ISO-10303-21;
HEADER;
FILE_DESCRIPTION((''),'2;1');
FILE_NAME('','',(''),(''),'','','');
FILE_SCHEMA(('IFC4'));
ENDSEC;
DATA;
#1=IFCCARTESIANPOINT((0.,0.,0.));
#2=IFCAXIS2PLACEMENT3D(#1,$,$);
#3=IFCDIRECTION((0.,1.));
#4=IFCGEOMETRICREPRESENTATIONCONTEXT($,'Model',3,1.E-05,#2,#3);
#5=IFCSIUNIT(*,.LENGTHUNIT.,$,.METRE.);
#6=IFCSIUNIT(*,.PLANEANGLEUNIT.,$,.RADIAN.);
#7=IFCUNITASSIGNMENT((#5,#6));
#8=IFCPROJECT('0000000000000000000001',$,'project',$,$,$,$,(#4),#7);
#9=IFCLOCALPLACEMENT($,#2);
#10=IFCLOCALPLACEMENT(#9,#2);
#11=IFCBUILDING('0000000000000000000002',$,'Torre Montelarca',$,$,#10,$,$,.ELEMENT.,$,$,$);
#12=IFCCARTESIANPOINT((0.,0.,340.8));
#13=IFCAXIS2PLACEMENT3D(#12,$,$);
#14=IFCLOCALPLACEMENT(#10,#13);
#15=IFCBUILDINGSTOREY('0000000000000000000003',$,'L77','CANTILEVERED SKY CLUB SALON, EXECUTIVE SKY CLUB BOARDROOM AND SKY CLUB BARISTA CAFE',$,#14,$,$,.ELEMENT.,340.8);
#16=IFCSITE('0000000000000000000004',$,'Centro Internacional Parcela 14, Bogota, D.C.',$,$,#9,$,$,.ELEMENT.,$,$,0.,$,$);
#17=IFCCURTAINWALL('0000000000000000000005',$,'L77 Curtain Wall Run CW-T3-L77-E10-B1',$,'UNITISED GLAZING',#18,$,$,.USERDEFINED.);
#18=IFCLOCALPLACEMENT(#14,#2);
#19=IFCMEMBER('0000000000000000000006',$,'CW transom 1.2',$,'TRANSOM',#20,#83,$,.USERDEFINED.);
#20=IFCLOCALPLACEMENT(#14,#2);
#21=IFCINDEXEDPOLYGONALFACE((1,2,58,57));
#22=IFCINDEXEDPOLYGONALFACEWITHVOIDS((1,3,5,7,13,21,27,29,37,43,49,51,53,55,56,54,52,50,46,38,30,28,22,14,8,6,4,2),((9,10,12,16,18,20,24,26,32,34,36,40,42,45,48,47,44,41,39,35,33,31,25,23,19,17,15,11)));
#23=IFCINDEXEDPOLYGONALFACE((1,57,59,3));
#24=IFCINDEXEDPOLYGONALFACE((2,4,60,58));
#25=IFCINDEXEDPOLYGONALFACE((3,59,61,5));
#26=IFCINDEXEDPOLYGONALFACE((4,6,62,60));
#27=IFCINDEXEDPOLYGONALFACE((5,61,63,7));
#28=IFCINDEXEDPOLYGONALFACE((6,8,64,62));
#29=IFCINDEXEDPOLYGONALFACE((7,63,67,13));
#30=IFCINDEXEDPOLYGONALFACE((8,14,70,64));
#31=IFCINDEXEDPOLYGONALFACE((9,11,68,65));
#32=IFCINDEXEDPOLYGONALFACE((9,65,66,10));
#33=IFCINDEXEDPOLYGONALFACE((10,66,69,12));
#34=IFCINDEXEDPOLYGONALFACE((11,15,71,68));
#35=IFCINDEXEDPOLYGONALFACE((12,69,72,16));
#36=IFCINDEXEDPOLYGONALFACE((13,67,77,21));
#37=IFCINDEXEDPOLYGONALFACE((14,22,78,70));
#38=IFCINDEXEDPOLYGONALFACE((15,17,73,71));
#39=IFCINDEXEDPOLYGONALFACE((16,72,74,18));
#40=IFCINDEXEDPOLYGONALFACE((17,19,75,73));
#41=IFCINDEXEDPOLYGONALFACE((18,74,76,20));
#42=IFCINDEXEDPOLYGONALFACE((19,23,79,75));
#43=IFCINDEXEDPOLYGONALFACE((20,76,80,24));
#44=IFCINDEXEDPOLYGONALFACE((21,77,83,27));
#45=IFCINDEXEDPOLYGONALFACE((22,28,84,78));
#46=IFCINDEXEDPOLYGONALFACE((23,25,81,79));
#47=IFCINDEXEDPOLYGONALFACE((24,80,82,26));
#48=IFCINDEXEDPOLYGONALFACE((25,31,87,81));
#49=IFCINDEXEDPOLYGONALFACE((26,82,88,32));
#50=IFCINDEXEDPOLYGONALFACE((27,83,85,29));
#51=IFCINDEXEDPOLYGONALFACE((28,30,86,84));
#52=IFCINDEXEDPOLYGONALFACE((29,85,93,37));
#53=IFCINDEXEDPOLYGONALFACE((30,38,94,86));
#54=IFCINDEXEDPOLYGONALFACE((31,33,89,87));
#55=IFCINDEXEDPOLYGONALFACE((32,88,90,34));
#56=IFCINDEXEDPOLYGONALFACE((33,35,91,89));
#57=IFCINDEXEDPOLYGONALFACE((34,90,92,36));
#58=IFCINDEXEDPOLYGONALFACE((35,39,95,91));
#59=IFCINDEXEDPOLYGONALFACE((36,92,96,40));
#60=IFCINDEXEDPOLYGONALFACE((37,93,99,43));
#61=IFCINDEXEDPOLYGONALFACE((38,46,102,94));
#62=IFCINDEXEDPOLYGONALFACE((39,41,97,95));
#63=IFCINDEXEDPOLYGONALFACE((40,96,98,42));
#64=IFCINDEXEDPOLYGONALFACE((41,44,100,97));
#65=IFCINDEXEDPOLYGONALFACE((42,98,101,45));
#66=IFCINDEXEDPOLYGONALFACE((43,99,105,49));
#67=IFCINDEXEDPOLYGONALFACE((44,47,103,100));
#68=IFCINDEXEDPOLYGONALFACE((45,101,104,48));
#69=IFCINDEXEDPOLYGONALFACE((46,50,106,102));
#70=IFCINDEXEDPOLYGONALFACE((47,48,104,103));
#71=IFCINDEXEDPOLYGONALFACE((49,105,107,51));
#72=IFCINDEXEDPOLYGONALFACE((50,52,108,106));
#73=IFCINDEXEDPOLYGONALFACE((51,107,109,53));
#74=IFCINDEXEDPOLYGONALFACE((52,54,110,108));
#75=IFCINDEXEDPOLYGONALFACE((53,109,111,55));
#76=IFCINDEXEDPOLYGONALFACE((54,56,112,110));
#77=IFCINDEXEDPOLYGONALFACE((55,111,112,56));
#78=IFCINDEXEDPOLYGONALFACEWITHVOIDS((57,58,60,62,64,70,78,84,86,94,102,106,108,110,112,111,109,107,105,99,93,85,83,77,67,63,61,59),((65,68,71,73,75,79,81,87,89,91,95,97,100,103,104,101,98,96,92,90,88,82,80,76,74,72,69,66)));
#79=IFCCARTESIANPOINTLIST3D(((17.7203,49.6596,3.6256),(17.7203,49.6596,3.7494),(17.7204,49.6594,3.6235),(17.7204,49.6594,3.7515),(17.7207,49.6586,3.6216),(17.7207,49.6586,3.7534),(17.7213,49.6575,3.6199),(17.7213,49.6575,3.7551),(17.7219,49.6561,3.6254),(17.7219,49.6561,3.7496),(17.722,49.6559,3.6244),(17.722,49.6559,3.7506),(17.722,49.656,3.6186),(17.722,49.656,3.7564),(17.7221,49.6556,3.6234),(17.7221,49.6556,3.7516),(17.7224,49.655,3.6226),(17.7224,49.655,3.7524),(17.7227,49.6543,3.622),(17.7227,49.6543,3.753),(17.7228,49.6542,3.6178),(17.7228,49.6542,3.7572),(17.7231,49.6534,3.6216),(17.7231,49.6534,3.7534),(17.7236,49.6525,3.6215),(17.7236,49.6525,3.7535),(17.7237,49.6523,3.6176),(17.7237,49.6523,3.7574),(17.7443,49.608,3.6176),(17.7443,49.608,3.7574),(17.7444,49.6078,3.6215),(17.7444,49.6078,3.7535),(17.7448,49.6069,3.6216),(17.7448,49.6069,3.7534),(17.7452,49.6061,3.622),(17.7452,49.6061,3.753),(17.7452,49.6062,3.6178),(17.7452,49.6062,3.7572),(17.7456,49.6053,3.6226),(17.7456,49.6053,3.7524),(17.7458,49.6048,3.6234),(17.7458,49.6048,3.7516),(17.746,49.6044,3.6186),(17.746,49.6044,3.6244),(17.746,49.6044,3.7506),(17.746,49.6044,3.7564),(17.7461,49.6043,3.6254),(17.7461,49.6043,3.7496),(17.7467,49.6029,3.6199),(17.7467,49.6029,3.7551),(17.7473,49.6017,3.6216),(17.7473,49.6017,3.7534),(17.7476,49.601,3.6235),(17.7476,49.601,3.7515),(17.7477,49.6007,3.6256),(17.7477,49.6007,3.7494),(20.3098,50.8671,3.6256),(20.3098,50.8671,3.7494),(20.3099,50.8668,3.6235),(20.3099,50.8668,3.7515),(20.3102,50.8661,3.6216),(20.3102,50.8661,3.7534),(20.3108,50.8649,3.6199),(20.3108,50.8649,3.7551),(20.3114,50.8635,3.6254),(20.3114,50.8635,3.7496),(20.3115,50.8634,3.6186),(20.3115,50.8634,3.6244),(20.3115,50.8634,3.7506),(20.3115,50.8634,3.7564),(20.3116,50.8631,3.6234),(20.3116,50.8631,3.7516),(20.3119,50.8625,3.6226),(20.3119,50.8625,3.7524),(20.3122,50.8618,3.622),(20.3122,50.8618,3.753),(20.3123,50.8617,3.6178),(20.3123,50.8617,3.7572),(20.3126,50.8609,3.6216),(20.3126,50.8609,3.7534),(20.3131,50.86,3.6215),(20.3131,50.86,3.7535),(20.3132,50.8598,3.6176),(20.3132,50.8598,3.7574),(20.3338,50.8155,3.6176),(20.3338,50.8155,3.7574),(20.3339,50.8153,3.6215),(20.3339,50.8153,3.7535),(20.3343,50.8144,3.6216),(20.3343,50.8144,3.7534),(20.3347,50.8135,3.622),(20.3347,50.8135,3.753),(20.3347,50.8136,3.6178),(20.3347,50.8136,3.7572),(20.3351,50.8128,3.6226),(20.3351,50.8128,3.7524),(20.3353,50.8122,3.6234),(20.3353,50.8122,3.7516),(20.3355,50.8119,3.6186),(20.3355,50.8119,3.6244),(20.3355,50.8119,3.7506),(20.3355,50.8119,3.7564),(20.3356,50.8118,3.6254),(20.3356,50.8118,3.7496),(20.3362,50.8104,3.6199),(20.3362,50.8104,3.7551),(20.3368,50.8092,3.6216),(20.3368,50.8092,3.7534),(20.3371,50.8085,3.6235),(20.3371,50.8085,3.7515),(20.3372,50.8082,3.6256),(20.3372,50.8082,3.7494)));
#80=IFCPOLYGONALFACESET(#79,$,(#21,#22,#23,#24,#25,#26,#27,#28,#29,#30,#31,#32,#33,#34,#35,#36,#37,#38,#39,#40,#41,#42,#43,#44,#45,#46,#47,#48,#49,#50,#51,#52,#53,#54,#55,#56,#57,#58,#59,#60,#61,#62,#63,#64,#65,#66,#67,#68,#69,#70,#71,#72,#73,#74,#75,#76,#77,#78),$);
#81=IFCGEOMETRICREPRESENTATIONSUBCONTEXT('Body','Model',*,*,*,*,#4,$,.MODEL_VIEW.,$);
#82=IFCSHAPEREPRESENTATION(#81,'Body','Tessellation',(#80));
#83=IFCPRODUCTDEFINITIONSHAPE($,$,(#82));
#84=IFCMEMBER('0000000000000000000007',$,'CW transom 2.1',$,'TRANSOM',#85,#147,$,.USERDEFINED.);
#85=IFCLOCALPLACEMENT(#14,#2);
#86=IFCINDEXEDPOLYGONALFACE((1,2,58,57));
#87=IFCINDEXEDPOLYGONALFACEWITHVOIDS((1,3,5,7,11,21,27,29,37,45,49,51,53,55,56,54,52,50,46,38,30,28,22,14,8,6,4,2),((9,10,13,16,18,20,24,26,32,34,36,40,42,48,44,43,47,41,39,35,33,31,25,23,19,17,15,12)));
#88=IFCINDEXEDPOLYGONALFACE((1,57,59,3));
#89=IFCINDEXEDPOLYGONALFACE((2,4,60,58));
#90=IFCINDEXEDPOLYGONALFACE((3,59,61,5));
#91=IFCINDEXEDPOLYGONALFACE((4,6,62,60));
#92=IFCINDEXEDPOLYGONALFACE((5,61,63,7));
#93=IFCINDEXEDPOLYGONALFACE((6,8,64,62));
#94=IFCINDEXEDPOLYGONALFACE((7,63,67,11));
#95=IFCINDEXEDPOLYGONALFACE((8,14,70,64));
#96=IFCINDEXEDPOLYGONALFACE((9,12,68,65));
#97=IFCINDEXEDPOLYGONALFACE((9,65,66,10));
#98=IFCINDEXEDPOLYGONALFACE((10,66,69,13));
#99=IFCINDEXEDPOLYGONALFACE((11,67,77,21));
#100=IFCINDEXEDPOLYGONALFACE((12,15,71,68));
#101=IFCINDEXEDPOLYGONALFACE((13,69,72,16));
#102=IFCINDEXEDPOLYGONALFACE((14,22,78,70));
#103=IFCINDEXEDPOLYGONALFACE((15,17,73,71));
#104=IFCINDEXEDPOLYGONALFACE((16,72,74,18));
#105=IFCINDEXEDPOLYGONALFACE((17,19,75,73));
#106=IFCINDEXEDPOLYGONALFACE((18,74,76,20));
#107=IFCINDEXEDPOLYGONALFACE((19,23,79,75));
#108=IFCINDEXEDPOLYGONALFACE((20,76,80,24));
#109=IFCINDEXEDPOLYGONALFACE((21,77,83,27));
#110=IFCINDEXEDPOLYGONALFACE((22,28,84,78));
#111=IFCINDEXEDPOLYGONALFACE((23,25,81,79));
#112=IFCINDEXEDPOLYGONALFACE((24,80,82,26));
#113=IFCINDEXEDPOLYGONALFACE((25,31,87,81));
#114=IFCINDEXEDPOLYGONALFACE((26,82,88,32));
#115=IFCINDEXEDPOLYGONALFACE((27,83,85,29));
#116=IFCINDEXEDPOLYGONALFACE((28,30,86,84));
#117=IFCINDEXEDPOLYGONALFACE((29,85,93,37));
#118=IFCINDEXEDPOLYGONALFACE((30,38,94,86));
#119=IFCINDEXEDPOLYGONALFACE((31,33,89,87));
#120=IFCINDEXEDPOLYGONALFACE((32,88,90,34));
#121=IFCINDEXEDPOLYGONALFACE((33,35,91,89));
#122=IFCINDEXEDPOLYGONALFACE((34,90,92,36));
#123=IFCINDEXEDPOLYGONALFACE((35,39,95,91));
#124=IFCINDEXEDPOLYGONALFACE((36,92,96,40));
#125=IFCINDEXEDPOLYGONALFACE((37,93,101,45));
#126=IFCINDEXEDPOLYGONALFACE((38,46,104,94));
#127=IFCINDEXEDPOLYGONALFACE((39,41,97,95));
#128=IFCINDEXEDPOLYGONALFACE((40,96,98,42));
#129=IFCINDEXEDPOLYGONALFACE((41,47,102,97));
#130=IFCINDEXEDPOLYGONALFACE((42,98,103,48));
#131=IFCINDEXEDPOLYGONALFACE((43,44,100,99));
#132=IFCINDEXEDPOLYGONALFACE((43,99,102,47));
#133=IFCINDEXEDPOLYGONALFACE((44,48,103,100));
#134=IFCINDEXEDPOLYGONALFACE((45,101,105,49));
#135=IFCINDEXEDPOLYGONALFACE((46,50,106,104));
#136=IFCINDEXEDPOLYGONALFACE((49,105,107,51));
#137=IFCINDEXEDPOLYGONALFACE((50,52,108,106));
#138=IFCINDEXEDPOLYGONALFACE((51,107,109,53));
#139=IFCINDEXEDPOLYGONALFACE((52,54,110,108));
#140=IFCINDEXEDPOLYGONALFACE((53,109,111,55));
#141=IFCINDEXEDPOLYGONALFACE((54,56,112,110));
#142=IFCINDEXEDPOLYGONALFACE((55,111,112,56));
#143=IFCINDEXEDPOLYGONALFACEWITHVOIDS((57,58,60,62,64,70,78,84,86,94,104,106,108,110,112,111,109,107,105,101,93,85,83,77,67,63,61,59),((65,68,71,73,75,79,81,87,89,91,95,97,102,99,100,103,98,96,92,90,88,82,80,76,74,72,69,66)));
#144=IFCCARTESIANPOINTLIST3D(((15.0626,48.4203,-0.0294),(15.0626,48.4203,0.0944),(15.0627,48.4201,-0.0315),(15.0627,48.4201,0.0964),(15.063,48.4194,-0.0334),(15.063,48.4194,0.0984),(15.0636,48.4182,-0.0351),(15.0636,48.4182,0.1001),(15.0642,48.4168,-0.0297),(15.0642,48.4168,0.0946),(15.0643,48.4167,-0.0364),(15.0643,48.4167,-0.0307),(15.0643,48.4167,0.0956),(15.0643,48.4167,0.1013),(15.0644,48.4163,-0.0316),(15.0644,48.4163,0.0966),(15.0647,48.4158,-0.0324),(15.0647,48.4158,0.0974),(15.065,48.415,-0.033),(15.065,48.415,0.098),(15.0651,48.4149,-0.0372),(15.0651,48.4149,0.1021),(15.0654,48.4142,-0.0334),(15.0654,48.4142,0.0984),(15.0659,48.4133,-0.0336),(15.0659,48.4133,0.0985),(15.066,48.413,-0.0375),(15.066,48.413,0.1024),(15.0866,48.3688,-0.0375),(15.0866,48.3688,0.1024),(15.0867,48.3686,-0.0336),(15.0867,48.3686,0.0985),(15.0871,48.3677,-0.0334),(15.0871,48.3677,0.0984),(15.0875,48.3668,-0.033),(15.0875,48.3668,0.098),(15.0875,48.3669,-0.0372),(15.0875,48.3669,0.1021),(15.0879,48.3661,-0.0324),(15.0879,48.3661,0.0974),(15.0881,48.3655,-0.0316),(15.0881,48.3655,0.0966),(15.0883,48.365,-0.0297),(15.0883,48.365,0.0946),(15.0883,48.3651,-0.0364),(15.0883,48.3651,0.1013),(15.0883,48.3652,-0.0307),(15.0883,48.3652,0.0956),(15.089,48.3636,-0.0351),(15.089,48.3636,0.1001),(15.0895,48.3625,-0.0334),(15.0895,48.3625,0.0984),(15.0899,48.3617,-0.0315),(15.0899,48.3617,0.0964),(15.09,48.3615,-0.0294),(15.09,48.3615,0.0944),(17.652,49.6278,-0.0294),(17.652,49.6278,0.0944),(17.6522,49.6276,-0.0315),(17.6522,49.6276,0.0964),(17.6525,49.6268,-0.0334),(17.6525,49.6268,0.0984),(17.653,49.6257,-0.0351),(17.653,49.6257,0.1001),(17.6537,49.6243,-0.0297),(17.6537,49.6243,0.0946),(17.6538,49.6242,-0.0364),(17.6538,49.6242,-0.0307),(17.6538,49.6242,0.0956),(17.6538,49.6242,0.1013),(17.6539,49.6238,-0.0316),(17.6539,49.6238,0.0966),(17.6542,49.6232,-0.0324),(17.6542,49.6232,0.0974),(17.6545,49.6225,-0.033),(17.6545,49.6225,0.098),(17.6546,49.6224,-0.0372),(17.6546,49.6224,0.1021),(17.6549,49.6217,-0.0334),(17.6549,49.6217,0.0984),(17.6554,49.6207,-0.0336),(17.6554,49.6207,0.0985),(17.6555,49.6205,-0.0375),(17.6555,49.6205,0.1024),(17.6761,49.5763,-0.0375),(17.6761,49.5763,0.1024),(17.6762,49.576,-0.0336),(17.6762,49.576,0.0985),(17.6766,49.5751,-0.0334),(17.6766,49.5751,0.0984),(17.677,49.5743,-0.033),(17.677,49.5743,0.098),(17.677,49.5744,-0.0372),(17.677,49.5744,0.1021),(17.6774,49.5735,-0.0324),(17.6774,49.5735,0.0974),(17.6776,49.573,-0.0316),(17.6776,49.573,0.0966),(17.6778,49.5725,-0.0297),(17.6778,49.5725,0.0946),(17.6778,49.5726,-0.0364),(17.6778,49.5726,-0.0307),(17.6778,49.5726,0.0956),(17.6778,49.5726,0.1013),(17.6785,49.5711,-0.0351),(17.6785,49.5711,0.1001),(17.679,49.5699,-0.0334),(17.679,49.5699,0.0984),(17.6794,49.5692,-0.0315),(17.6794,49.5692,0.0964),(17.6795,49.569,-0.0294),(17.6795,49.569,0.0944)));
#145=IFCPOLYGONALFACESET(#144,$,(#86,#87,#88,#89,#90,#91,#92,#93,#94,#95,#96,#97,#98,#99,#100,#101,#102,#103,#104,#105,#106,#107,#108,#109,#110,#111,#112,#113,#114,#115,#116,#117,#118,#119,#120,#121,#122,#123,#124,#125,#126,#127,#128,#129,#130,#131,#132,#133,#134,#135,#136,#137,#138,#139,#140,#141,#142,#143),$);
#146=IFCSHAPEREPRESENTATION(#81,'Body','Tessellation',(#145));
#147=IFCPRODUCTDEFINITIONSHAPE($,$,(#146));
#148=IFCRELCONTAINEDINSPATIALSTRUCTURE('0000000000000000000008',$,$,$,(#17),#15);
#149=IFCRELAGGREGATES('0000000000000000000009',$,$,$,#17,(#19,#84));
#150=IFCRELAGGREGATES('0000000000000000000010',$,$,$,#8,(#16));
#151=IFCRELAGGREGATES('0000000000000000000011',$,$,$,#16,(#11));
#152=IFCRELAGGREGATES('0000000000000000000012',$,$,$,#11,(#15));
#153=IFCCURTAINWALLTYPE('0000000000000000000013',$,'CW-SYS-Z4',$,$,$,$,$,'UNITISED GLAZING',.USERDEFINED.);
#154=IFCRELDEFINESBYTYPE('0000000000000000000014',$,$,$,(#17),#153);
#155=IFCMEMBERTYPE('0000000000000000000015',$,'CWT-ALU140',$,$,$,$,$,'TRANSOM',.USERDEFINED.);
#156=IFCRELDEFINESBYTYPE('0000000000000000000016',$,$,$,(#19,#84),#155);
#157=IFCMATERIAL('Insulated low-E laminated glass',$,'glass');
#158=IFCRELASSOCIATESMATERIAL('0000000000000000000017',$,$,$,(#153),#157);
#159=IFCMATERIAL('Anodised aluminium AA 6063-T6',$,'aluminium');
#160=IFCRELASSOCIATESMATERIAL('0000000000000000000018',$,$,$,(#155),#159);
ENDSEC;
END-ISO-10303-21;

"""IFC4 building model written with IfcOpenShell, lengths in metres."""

from ifc_helpers import new_model, si_unit, direction, frame, origin, origin_2d, place, context, subcontext, project, spatial, hollow_rectangle, extrude, source, transform, mapped, material, material_profile, profile_set, type_object, element, aggregate, save


model = new_model("IFC4")

# Units and contexts
model_context = context("Model", 3, precision=1e-05, world=origin(), true_north=direction((0.0, 1.0)))
body_context = subcontext(model_context, "Body", "Model", "MODEL_VIEW")
ifc_project = project(units=[si_unit("LENGTHUNIT", "METRE"), si_unit("PLANEANGLEUNIT", "RADIAN")], contexts=[model_context])

# Site, building, storey
site_placement = place(None, origin())
site = spatial("IfcSite", under=ifc_project, at=site_placement, Name="Centro Internacional Parcela 14, Bogota, D.C.", CompositionType="ELEMENT", RefElevation=0.0)
building_placement = place(site_placement, origin())
building = spatial("IfcBuilding", under=site, at=building_placement, Name="Torre Montelarca", CompositionType="ELEMENT")
storey_placement = place(building_placement, frame((0.0, 0.0, 340.8)))
storey = spatial("IfcBuildingStorey", under=building, at=storey_placement, Name="L77", Description="CANTILEVERED SKY CLUB SALON, EXECUTIVE SKY CLUB BOARDROOM AND SKY CLUB BARISTA CAFE", CompositionType="ELEMENT", Elevation=340.8)

# Curtain wall, members
ifc_material_1 = material(Name="Insulated low-E laminated glass", Category="glass")
curtain_wall_type = type_object("IfcCurtainWallType", Name="CW-SYS-Z4", ElementType="UNITISED GLAZING", PredefinedType="USERDEFINED", material=ifc_material_1)
curtain_wall_placement = place(storey_placement, origin())
curtain_wall = element("IfcCurtainWall", 1, at=curtain_wall_placement, inside=storey, type_object=curtain_wall_type, Name="L77 Curtain Wall Run CW-T3-L77-E10-B1", ObjectType="UNITISED GLAZING", PredefinedType="USERDEFINED")
ifc_material_2 = material(Name="Anodised aluminium AA 6063-T6", Category="aluminium")
ifc_material_profile_1 = material_profile(ifc_material_2, hollow_rectangle(XDim=0.0649, YDim=0.1399, WallThickness=0.0039, InnerFilletRadius=0.0039, OuterFilletRadius=0.0081, at=origin_2d()), Name="ALU65X140X4", Category="aluminium")
ifc_profile_set_1 = profile_set([ifc_material_profile_1], Name="Anodised aluminium AA 6063-T6")
member_type_1 = type_object("IfcMemberType", Name="CWT-ALU140", ElementType="TRANSOM", PredefinedType="USERDEFINED", material=ifc_profile_set_1)
shared_shape_1 = source(origin(), body_context, "Body", "SweptSolid", [
    extrude(hollow_rectangle(XDim=0.0649, YDim=0.1399, WallThickness=0.0039, InnerFilletRadius=0.0039, OuterFilletRadius=0.0081, at=origin_2d()), origin(), (0.0, 0.0, 1.0), 2.8572),
])
member_1_placement = place(storey_placement, frame((20.3235, 50.8376, 3.6875), z_axis=(-0.906312, -0.422609, 0.0), x_axis=(0.422609, -0.906312, 0.0)))
member_1 = element("IfcMember", 2, at=member_1_placement, type_object=member_type_1, Name="CW transom 1.2", ObjectType="TRANSOM", PredefinedType="USERDEFINED", context=body_context, shape_type="MappedRepresentation", body=[
    mapped(shared_shape_1, transform((0.0, 0.0, 0.0), scale=1.0)),
])
member_2_placement = place(storey_placement, frame((17.6658, 49.5984, 0.0325), z_axis=(-0.906312, -0.422609, 0.0), x_axis=(0.422609, -0.906312, 0.0)))
member_2 = element("IfcMember", 3, at=member_2_placement, type_object=member_type_1, Name="CW transom 2.1", ObjectType="TRANSOM", PredefinedType="USERDEFINED", context=body_context, shape_type="MappedRepresentation", body=[
    mapped(shared_shape_1, transform((0.0, 0.0, 0.0), scale=1.0)),
])
aggregate(curtain_wall, [member_1, member_2])

save(model, "model.ifc")
